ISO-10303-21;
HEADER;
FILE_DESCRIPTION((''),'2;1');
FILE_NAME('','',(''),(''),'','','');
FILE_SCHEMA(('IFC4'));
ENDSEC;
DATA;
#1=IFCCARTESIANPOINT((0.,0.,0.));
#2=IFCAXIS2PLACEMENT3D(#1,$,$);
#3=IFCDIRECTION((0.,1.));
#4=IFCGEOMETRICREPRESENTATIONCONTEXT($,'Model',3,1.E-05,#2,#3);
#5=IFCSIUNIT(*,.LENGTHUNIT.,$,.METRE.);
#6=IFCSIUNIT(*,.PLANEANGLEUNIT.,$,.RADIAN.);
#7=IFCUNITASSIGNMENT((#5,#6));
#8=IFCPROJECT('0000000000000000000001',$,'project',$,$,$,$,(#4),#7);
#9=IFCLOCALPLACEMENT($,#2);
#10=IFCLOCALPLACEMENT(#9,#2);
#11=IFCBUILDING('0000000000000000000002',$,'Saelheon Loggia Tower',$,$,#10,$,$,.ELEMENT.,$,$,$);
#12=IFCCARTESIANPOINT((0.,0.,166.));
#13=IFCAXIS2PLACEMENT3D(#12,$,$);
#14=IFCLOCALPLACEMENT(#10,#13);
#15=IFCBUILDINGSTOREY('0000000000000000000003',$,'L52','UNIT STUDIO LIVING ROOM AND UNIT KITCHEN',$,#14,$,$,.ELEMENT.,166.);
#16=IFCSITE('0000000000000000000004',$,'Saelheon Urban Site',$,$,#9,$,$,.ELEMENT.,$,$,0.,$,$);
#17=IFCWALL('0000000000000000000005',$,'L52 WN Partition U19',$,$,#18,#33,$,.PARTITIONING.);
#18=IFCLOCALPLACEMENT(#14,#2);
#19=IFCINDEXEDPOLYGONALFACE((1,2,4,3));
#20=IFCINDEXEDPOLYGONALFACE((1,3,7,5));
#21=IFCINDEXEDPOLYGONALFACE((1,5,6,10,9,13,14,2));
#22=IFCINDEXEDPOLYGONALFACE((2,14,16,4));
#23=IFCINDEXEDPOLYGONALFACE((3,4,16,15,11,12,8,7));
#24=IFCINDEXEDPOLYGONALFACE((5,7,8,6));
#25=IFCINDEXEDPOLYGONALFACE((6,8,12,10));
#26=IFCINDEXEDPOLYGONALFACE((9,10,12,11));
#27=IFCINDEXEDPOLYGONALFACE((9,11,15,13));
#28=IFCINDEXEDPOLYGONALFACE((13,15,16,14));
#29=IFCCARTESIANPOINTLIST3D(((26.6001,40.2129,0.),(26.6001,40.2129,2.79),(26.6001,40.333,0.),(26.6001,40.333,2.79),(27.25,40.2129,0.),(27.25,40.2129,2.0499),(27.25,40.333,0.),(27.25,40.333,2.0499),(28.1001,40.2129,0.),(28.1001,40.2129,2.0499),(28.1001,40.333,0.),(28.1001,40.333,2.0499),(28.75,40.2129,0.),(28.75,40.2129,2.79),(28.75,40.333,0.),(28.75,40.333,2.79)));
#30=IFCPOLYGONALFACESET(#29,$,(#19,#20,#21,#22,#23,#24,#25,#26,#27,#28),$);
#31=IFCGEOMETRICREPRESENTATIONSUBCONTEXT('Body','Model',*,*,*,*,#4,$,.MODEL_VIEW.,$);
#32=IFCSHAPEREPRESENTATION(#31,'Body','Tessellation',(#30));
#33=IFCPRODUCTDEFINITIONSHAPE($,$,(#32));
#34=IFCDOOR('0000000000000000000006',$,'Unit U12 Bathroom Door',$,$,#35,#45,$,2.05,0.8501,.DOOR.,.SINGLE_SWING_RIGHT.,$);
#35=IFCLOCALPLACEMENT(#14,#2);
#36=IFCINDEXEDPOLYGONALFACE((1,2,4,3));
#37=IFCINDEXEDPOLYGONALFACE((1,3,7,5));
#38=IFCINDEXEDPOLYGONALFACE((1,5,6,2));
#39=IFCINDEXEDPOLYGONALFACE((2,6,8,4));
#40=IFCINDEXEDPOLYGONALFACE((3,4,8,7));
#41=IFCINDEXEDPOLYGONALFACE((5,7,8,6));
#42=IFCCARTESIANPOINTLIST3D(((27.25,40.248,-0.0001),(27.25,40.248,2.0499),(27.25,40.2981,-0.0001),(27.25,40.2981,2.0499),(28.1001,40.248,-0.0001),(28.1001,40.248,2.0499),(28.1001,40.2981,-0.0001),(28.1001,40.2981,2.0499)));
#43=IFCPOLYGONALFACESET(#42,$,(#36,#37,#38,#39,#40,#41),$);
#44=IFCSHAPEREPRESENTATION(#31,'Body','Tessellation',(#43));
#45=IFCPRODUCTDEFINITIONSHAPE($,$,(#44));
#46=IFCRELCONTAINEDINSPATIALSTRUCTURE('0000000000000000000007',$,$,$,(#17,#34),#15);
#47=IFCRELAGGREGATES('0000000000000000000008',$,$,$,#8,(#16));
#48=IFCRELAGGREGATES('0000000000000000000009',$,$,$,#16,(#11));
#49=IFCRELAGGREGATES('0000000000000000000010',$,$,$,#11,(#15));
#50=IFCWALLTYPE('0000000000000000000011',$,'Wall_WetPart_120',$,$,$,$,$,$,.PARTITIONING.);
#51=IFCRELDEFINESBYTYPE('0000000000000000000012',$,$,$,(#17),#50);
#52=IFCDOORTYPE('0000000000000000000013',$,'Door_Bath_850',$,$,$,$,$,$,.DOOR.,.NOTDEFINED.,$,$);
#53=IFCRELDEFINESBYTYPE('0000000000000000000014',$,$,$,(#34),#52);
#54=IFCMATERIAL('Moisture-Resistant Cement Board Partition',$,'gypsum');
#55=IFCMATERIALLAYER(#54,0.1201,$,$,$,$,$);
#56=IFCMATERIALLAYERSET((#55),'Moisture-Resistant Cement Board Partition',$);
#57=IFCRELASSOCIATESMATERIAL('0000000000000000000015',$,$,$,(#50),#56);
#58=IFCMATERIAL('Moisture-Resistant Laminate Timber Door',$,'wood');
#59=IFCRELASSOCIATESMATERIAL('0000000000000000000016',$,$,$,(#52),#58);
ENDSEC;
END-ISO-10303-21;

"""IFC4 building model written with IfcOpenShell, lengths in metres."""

from ifc_helpers import new_model, si_unit, direction, frame, frame_2d, origin, place, context, subcontext, project, spatial, rectangle, extrude, source, transform, mapped, material, layer, layer_set, type_object, element, fill, save


model = new_model("IFC4")

# Units and contexts
model_context = context("Model", 3, precision=1e-05, world=origin(), true_north=direction((0.0, 1.0)))
body_context = subcontext(model_context, "Body", "Model", "MODEL_VIEW")
ifc_project = project(units=[si_unit("LENGTHUNIT", "METRE"), si_unit("PLANEANGLEUNIT", "RADIAN")], contexts=[model_context])

# Site, building, storey
site_placement = place(None, origin())
site = spatial("IfcSite", under=ifc_project, at=site_placement, Name="Saelheon Urban Site", CompositionType="ELEMENT", RefElevation=0.0)
building_placement = place(site_placement, origin())
building = spatial("IfcBuilding", under=site, at=building_placement, Name="Saelheon Loggia Tower", CompositionType="ELEMENT")
storey_placement = place(building_placement, frame((0.0, 0.0, 166.0)))
storey = spatial("IfcBuildingStorey", under=building, at=storey_placement, Name="L52", Description="UNIT STUDIO LIVING ROOM AND UNIT KITCHEN", CompositionType="ELEMENT", Elevation=166.0)

# Shared definitions
ifc_material_1 = material(Name="Moisture-Resistant Cement Board Partition", Category="gypsum")
ifc_layer_1 = layer(ifc_material_1, 0.1201)
ifc_layer_set_1 = layer_set([ifc_layer_1], Name="Moisture-Resistant Cement Board Partition")
wall_type_1 = type_object("IfcWallType", Name="Wall_WetPart_120", PredefinedType="PARTITIONING", material=ifc_layer_set_1)

# Wall, opening, door
wall_1_placement = place(storey_placement, frame((28.75, 40.2729, 0.0), z_axis=(0.0, 0.0, 1.0), x_axis=(-1.0, 0.0, 0.0)))
wall_1 = element("IfcWall", 1, at=wall_1_placement, inside=storey, type_object=wall_type_1, Name="L52 WN Partition U19", PredefinedType="PARTITIONING", context=body_context, shape_type="SweptSolid", body=[
    extrude(rectangle(XDim=2.1499, YDim=0.1201, at=frame_2d((1.075, 0.0))), origin(), (0.0, 0.0, 1.0), 2.79),
])
opening_1_placement = place(wall_1_placement, frame((0.6499, 0.0, 0.0)))
opening_1 = element("IfcOpeningElement", 2, at=opening_1_placement, cuts=wall_1, PredefinedType="OPENING", context=body_context, shape_type="SweptSolid", body=[
    extrude(rectangle(XDim=0.8501, YDim=2.05, at=frame_2d((0.425, 1.0249))), frame((0.0, 0.072, 0.0), z_axis=(0.0, -1.0, 0.0), x_axis=(1.0, 0.0, 0.0)), (0.0, 0.0, 1.0), 0.144),
])
ifc_material_2 = material(Name="Moisture-Resistant Laminate Timber Door", Category="wood")
door_type_1 = type_object("IfcDoorType", Name="Door_Bath_850", OperationType="NOTDEFINED", PredefinedType="DOOR", material=ifc_material_2)
shared_shape_1 = source(origin(), body_context, "Body", "SweptSolid", [
    extrude(rectangle(XDim=0.8501, YDim=2.05, at=frame_2d((0.425, 1.0249))), frame((0.0, 0.0249, 0.0), z_axis=(0.0, -1.0, 0.0), x_axis=(1.0, 0.0, 0.0)), (0.0, 0.0, 1.0), 0.05),
])
door_1_placement = place(opening_1_placement, origin())
door_1 = element("IfcDoor", 3, at=door_1_placement, inside=storey, type_object=door_type_1, Name="Unit U12 Bathroom Door", OperationType="SINGLE_SWING_RIGHT", OverallHeight=2.05, OverallWidth=0.8501, PredefinedType="DOOR", context=body_context, shape_type="MappedRepresentation", body=[
    mapped(shared_shape_1, transform((0.0, 0.0, 0.0), scale=1.0)),
])
fill(opening_1, door_1)

save(model, "model.ifc")
